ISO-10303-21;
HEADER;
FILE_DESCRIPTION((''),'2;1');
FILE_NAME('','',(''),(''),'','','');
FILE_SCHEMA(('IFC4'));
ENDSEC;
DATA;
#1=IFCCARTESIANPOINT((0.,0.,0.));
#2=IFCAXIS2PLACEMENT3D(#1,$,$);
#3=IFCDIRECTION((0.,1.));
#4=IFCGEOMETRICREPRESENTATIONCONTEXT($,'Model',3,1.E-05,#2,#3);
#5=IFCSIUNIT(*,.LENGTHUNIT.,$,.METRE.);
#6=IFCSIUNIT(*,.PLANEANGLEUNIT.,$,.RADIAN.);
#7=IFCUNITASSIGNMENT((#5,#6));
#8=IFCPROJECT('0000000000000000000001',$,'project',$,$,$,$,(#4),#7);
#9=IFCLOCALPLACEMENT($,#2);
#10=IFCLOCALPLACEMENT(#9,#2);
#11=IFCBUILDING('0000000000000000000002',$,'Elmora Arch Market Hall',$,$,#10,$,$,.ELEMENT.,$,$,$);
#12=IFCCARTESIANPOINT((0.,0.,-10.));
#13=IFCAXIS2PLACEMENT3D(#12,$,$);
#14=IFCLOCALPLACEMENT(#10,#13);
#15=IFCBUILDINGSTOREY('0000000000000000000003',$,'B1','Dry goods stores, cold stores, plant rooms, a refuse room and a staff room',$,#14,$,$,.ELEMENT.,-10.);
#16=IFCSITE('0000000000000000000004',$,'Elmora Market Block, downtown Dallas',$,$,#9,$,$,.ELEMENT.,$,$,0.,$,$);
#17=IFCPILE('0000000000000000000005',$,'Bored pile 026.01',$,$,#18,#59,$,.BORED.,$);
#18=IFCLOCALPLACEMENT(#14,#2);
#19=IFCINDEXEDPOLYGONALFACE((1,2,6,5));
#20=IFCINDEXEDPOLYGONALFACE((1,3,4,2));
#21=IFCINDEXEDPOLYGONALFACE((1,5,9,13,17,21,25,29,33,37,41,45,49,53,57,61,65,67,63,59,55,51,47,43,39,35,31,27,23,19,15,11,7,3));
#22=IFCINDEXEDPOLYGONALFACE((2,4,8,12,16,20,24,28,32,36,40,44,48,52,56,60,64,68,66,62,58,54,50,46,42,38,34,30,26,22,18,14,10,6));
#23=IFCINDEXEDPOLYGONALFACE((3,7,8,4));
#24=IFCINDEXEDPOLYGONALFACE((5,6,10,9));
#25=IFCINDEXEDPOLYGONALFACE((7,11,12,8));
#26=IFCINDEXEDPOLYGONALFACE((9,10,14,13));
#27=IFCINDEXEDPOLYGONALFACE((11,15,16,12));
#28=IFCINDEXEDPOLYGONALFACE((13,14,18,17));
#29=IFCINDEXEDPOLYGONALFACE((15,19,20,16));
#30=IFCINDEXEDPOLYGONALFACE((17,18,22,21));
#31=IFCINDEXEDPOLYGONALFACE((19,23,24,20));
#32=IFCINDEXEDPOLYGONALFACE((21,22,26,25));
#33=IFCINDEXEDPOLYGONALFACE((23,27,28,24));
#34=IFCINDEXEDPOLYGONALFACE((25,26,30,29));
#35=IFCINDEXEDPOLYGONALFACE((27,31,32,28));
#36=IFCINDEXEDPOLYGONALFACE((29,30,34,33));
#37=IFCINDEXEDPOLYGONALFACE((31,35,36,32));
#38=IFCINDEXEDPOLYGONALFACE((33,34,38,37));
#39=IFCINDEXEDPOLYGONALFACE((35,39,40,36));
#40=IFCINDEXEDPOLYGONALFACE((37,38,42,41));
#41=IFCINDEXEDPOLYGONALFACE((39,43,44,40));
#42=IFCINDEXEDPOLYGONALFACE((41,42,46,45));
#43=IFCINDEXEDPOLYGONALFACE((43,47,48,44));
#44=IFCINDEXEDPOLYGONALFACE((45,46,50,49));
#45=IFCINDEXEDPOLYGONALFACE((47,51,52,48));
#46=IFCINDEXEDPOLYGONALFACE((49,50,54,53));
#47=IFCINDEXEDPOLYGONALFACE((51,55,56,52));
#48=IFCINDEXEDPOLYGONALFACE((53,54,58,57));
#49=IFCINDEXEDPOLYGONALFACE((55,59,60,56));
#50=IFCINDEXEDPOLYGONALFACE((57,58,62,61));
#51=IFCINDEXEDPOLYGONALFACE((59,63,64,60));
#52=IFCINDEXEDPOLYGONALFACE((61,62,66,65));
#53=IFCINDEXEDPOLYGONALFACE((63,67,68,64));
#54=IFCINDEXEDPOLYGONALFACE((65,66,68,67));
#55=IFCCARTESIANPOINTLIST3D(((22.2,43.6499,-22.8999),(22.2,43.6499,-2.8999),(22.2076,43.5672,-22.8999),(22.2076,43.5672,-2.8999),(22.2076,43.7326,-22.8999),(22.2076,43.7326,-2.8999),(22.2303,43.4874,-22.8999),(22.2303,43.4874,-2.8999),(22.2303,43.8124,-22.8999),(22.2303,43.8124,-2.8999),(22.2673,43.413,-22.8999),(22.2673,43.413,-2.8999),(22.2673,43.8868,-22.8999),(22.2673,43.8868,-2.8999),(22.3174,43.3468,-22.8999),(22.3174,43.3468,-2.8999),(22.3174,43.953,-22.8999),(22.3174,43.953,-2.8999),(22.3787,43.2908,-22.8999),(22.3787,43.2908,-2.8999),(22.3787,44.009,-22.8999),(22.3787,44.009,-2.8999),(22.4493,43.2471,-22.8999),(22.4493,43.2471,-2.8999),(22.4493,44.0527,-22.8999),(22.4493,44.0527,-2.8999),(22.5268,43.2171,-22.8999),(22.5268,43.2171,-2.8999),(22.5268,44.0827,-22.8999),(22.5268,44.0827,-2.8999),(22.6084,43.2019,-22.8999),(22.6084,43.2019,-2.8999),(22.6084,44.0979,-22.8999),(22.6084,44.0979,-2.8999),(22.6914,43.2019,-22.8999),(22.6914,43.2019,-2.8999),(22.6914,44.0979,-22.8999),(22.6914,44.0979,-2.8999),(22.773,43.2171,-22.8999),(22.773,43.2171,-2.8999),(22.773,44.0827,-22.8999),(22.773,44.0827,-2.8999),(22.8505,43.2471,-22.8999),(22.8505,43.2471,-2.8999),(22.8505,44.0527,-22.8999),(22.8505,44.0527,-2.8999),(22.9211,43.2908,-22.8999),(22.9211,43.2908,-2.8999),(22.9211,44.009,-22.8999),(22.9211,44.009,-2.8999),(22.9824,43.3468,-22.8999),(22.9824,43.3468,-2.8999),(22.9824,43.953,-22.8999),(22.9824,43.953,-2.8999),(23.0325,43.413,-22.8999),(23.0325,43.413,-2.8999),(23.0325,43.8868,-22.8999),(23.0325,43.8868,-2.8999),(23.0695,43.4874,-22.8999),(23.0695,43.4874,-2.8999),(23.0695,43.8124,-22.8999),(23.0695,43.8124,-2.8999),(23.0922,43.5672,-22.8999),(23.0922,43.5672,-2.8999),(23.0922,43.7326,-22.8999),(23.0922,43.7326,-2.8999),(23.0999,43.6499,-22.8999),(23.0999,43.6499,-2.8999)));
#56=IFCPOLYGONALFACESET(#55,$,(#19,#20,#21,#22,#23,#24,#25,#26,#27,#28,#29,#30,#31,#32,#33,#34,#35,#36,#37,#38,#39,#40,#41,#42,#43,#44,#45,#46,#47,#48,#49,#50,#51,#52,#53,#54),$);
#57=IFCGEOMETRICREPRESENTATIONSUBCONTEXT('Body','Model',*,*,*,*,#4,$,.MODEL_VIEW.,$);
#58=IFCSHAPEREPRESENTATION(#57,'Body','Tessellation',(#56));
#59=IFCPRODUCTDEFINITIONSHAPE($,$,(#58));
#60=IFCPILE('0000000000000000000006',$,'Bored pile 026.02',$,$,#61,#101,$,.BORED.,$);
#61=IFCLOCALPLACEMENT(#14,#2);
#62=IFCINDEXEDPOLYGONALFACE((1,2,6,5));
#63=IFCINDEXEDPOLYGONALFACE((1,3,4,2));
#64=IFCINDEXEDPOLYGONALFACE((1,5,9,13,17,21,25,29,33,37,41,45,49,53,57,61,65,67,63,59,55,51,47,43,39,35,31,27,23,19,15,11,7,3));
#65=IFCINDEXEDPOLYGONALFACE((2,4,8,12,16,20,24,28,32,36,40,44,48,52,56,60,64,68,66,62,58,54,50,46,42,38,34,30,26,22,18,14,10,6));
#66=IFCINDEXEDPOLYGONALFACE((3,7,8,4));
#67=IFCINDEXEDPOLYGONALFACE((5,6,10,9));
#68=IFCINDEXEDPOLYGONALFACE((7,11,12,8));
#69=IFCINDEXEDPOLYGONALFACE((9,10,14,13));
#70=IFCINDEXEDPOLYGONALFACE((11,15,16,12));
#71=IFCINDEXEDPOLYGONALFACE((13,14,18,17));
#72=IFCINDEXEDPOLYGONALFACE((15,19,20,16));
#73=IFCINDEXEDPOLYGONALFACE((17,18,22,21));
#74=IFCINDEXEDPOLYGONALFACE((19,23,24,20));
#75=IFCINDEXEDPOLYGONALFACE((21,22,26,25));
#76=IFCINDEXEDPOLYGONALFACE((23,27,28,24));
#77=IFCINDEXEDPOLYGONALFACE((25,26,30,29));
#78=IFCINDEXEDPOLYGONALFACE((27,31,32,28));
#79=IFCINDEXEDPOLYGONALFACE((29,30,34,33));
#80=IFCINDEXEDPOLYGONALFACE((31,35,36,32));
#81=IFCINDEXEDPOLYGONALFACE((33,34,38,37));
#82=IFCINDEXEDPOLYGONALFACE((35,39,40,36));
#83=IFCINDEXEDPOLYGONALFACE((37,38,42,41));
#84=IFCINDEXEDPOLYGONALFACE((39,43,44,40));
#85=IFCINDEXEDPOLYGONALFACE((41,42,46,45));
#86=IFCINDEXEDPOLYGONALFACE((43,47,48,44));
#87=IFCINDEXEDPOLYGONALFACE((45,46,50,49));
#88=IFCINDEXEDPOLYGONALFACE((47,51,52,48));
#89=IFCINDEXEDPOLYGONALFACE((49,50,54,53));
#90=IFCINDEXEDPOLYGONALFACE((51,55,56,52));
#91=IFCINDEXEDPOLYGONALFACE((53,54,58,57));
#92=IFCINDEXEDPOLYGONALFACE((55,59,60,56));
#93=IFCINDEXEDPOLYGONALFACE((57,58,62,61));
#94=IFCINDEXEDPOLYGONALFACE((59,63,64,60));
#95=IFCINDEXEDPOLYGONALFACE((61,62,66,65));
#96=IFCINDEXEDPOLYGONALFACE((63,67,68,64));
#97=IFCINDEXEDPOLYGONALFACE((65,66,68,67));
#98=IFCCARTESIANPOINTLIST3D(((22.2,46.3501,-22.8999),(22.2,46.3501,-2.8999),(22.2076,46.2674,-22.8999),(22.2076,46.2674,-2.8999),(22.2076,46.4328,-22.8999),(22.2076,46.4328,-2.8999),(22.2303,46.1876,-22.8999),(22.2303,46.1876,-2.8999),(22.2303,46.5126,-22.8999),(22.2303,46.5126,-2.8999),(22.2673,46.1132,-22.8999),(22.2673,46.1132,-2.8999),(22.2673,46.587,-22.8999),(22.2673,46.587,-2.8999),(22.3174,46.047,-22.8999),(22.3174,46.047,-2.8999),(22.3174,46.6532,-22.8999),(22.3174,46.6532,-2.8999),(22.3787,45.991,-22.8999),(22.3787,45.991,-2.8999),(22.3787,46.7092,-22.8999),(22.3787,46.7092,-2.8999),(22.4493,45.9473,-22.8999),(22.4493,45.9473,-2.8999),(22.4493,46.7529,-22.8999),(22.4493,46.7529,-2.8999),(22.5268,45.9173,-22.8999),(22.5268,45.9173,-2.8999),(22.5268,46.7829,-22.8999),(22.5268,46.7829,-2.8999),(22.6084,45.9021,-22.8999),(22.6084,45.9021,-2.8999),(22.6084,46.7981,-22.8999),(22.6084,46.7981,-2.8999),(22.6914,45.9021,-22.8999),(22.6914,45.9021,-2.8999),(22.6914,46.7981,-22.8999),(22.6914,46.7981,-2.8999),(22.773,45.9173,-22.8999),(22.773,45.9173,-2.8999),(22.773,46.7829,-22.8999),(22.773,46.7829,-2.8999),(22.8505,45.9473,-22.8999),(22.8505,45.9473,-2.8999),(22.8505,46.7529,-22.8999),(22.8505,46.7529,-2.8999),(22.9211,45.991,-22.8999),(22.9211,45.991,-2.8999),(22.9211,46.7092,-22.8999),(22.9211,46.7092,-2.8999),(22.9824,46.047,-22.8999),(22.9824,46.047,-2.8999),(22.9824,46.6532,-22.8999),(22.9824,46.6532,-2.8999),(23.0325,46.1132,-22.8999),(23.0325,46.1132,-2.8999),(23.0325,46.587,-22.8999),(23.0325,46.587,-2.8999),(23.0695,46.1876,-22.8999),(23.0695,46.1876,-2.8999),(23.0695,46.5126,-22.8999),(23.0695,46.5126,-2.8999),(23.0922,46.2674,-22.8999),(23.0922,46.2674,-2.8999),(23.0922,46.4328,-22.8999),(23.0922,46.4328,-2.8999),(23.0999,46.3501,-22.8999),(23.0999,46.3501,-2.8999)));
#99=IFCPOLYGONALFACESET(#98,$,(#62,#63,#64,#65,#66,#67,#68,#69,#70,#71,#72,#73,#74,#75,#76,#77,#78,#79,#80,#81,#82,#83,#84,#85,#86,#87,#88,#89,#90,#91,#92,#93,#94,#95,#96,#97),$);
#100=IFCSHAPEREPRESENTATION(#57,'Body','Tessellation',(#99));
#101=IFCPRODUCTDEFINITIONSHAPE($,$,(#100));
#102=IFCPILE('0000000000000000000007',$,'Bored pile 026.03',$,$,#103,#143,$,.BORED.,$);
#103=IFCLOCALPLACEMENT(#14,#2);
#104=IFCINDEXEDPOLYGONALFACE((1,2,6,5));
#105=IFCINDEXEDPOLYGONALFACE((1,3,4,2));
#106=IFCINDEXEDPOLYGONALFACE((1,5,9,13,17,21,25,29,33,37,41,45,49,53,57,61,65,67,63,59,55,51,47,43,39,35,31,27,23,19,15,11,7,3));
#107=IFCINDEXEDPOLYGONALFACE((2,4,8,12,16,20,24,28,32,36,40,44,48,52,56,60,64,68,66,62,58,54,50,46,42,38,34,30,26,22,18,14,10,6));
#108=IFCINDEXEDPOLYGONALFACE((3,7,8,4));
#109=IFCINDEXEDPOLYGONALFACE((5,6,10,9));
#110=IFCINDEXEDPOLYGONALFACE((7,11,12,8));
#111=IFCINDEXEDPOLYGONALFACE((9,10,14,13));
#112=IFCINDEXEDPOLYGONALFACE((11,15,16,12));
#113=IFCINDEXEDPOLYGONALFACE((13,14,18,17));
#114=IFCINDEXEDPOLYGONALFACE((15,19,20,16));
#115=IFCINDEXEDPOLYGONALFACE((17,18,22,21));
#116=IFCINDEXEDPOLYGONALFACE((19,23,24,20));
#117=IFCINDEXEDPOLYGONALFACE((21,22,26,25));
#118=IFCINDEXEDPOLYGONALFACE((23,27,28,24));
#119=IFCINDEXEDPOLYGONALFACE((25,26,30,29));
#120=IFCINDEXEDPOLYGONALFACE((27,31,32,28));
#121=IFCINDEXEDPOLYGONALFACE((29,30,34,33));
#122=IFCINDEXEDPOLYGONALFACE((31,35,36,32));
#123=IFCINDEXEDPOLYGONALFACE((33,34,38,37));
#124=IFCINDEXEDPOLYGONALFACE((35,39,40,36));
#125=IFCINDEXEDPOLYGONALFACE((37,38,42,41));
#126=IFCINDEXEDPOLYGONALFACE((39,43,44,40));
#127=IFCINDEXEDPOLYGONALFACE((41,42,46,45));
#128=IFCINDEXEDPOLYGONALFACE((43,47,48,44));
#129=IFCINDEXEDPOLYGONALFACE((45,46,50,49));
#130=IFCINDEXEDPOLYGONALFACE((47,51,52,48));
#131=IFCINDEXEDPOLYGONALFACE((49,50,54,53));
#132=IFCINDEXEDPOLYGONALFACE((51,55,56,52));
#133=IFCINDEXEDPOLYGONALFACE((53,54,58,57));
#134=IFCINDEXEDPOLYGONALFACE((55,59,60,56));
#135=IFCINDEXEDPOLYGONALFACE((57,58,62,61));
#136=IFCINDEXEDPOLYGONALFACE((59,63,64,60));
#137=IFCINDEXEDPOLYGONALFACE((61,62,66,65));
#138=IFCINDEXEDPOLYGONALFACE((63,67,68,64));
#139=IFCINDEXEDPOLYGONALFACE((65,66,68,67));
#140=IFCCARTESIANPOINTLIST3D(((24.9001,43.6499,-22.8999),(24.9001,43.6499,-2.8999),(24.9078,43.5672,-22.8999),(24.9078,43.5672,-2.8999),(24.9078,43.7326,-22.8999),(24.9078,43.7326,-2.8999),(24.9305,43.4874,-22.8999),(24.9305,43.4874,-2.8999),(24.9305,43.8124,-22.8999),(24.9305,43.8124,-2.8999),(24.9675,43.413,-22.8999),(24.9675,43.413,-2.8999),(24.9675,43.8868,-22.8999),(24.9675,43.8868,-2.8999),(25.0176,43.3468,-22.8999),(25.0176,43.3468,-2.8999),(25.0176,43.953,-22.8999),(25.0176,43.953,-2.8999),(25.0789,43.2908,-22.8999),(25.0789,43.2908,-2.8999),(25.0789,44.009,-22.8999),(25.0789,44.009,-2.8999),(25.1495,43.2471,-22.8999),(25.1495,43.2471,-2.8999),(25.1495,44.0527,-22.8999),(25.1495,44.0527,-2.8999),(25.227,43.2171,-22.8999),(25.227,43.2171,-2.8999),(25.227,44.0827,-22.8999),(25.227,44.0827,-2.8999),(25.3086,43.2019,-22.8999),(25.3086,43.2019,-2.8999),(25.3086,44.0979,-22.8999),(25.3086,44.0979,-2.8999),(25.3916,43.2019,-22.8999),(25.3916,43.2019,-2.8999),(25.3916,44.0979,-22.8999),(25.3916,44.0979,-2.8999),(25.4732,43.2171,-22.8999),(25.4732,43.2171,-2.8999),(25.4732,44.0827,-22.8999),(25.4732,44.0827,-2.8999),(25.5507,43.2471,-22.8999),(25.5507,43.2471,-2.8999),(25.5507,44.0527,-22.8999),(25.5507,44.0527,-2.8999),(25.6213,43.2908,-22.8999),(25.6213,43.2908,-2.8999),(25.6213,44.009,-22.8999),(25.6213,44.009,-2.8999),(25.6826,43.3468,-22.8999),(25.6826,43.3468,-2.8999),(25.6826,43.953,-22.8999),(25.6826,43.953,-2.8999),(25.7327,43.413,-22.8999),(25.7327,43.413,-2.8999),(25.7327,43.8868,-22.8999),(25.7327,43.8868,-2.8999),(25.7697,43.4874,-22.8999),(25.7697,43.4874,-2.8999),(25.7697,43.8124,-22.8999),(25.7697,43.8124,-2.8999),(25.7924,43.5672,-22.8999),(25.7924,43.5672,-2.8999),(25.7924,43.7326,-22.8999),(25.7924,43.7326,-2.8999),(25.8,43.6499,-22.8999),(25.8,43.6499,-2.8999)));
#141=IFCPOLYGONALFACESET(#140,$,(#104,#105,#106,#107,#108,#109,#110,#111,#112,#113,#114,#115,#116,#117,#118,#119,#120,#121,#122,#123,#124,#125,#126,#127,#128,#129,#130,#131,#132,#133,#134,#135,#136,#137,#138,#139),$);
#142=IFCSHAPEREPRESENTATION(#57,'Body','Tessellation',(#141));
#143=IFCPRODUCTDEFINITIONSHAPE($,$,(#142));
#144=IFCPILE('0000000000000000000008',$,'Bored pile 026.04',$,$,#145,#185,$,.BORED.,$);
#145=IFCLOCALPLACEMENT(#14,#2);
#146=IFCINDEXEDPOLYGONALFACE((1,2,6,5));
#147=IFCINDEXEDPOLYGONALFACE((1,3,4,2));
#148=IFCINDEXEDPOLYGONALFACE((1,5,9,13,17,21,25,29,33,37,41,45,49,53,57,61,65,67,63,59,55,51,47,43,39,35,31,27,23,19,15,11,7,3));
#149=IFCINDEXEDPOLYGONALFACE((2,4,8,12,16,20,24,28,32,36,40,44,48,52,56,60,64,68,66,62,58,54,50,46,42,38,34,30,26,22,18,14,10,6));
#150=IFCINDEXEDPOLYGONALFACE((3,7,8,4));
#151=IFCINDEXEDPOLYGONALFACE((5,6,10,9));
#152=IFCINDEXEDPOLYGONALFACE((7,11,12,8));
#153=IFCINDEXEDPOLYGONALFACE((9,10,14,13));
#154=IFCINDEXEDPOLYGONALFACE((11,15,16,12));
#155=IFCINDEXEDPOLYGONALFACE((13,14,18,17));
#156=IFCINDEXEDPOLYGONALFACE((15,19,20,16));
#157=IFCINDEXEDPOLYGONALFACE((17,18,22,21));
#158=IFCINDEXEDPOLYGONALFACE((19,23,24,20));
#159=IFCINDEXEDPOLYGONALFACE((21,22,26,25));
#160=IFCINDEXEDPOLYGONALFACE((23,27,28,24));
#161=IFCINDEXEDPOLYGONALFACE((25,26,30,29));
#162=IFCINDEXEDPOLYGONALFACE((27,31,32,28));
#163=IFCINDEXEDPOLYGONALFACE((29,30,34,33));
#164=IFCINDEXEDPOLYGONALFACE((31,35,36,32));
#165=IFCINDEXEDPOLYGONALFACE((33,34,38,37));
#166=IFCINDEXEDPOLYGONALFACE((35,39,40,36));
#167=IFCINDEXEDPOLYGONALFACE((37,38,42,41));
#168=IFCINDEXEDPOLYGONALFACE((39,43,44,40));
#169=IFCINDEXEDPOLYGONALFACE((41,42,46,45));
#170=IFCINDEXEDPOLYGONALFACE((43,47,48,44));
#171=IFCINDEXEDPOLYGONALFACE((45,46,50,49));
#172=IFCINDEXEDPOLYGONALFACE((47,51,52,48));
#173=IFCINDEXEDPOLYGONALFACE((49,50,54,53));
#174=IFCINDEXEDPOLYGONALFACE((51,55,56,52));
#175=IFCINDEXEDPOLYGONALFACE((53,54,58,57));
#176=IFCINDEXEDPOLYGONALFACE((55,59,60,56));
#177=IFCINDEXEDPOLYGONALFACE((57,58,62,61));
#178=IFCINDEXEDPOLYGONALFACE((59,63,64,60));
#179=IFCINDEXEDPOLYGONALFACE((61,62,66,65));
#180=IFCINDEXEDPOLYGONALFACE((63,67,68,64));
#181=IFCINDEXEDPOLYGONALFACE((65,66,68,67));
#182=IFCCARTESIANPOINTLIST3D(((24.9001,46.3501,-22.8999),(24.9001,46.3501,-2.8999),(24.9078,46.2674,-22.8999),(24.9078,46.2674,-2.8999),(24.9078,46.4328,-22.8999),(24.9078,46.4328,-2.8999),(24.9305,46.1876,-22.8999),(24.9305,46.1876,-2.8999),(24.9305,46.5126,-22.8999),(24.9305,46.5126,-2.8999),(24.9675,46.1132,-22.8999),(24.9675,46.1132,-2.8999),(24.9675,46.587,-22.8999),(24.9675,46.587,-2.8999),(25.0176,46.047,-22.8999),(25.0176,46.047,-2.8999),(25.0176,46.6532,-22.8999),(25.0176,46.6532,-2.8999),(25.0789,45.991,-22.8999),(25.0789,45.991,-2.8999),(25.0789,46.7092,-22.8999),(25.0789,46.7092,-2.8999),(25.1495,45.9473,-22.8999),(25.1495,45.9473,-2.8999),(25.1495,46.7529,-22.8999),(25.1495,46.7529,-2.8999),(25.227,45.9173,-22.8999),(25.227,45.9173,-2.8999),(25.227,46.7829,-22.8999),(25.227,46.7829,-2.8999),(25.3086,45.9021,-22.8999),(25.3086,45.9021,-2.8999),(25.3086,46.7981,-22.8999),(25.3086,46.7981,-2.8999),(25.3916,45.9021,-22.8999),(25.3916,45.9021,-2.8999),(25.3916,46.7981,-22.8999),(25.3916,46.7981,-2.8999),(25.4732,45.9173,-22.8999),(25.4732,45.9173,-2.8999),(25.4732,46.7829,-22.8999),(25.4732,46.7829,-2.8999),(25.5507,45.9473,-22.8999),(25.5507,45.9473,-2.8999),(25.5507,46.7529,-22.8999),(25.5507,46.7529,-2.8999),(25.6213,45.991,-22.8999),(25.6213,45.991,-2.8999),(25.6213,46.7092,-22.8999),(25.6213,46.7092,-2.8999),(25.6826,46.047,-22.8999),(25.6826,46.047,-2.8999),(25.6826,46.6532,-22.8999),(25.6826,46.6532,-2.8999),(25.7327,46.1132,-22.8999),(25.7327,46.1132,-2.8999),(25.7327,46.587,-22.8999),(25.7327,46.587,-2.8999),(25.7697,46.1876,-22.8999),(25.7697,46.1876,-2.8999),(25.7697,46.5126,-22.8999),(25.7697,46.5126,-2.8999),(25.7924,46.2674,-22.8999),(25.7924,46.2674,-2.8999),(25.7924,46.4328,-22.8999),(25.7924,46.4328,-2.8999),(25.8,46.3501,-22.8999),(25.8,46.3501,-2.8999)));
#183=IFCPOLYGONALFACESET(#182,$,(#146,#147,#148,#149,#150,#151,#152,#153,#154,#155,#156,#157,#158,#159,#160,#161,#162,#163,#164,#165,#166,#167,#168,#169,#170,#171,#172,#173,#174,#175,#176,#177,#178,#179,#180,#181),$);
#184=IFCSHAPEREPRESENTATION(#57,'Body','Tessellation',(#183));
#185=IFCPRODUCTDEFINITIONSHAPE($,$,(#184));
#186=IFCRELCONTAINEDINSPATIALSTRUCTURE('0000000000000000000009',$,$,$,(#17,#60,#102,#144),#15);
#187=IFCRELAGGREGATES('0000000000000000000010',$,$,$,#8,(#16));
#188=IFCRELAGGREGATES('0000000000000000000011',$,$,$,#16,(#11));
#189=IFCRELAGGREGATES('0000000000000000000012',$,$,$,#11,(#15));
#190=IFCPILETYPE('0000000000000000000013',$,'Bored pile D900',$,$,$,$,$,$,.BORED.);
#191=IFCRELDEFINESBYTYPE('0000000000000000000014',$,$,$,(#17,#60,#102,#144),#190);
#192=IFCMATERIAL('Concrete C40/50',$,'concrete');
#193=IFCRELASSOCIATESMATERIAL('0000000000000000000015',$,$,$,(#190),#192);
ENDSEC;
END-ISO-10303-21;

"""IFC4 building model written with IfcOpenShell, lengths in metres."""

from ifc_helpers import new_model, si_unit, direction, frame, origin, origin_2d, place, context, subcontext, project, spatial, circle, extrude, material, material_profile, profile_set, type_object, element, save


model = new_model("IFC4")

# Units and contexts
model_context = context("Model", 3, precision=1e-05, world=origin(), true_north=direction((0.0, 1.0)))
body_context = subcontext(model_context, "Body", "Model", "MODEL_VIEW")
ifc_project = project(units=[si_unit("LENGTHUNIT", "METRE"), si_unit("PLANEANGLEUNIT", "RADIAN")], contexts=[model_context])

# Site, building, storey
site_placement = place(None, origin())
site = spatial("IfcSite", under=ifc_project, at=site_placement, Name="Elmora Market Block, downtown Dallas", CompositionType="ELEMENT", RefElevation=0.0)
building_placement = place(site_placement, origin())
building = spatial("IfcBuilding", under=site, at=building_placement, Name="Elmora Arch Market Hall", CompositionType="ELEMENT")
storey_placement = place(building_placement, frame((0.0, 0.0, -10.0)))
storey = spatial("IfcBuildingStorey", under=building, at=storey_placement, Name="B1", Description="Dry goods stores, cold stores, plant rooms, a refuse room and a staff room", CompositionType="ELEMENT", Elevation=-10.0)

# Piles
ifc_material_1 = material(Name="Concrete C40/50", Category="concrete")
ifc_material_profile_1 = material_profile(ifc_material_1, circle(Radius=0.45, at=origin_2d()), Name="Bored pile D900")
ifc_profile_set_1 = profile_set([ifc_material_profile_1], Name="Concrete C40/50")
pile_type = type_object("IfcPileType", Name="Bored pile D900", PredefinedType="BORED", material=ifc_profile_set_1)
for number, where, z_axis, x_axis, name in (
    (1, (22.6499, 43.6499, -2.8999), (0.0, 0.0, -1.0), (1.0, 0.0, 0.0), "Bored pile 026.01"),
    (2, (22.6499, 46.3501, -2.8999), (0.0, 0.0, -1.0), (1.0, 0.0, 0.0), "Bored pile 026.02"),
    (3, (25.3501, 43.6499, -2.8999), (0.0, 0.0, -1.0), (1.0, 0.0, 0.0), "Bored pile 026.03"),
    (4, (25.3501, 46.3501, -2.8999), (0.0, 0.0, -1.0), (1.0, 0.0, 0.0), "Bored pile 026.04"),
):
    element("IfcPile", number, at=place(storey_placement, frame(where, z_axis=z_axis, x_axis=x_axis)), inside=storey, type_object=pile_type, Name=name, PredefinedType="BORED", context=body_context, shape_type="SweptSolid", body=[
        extrude(circle(Radius=0.45, at=origin_2d()), origin(), (0.0, 0.0, 1.0), 20.0),
    ])

save(model, "model.ifc")
